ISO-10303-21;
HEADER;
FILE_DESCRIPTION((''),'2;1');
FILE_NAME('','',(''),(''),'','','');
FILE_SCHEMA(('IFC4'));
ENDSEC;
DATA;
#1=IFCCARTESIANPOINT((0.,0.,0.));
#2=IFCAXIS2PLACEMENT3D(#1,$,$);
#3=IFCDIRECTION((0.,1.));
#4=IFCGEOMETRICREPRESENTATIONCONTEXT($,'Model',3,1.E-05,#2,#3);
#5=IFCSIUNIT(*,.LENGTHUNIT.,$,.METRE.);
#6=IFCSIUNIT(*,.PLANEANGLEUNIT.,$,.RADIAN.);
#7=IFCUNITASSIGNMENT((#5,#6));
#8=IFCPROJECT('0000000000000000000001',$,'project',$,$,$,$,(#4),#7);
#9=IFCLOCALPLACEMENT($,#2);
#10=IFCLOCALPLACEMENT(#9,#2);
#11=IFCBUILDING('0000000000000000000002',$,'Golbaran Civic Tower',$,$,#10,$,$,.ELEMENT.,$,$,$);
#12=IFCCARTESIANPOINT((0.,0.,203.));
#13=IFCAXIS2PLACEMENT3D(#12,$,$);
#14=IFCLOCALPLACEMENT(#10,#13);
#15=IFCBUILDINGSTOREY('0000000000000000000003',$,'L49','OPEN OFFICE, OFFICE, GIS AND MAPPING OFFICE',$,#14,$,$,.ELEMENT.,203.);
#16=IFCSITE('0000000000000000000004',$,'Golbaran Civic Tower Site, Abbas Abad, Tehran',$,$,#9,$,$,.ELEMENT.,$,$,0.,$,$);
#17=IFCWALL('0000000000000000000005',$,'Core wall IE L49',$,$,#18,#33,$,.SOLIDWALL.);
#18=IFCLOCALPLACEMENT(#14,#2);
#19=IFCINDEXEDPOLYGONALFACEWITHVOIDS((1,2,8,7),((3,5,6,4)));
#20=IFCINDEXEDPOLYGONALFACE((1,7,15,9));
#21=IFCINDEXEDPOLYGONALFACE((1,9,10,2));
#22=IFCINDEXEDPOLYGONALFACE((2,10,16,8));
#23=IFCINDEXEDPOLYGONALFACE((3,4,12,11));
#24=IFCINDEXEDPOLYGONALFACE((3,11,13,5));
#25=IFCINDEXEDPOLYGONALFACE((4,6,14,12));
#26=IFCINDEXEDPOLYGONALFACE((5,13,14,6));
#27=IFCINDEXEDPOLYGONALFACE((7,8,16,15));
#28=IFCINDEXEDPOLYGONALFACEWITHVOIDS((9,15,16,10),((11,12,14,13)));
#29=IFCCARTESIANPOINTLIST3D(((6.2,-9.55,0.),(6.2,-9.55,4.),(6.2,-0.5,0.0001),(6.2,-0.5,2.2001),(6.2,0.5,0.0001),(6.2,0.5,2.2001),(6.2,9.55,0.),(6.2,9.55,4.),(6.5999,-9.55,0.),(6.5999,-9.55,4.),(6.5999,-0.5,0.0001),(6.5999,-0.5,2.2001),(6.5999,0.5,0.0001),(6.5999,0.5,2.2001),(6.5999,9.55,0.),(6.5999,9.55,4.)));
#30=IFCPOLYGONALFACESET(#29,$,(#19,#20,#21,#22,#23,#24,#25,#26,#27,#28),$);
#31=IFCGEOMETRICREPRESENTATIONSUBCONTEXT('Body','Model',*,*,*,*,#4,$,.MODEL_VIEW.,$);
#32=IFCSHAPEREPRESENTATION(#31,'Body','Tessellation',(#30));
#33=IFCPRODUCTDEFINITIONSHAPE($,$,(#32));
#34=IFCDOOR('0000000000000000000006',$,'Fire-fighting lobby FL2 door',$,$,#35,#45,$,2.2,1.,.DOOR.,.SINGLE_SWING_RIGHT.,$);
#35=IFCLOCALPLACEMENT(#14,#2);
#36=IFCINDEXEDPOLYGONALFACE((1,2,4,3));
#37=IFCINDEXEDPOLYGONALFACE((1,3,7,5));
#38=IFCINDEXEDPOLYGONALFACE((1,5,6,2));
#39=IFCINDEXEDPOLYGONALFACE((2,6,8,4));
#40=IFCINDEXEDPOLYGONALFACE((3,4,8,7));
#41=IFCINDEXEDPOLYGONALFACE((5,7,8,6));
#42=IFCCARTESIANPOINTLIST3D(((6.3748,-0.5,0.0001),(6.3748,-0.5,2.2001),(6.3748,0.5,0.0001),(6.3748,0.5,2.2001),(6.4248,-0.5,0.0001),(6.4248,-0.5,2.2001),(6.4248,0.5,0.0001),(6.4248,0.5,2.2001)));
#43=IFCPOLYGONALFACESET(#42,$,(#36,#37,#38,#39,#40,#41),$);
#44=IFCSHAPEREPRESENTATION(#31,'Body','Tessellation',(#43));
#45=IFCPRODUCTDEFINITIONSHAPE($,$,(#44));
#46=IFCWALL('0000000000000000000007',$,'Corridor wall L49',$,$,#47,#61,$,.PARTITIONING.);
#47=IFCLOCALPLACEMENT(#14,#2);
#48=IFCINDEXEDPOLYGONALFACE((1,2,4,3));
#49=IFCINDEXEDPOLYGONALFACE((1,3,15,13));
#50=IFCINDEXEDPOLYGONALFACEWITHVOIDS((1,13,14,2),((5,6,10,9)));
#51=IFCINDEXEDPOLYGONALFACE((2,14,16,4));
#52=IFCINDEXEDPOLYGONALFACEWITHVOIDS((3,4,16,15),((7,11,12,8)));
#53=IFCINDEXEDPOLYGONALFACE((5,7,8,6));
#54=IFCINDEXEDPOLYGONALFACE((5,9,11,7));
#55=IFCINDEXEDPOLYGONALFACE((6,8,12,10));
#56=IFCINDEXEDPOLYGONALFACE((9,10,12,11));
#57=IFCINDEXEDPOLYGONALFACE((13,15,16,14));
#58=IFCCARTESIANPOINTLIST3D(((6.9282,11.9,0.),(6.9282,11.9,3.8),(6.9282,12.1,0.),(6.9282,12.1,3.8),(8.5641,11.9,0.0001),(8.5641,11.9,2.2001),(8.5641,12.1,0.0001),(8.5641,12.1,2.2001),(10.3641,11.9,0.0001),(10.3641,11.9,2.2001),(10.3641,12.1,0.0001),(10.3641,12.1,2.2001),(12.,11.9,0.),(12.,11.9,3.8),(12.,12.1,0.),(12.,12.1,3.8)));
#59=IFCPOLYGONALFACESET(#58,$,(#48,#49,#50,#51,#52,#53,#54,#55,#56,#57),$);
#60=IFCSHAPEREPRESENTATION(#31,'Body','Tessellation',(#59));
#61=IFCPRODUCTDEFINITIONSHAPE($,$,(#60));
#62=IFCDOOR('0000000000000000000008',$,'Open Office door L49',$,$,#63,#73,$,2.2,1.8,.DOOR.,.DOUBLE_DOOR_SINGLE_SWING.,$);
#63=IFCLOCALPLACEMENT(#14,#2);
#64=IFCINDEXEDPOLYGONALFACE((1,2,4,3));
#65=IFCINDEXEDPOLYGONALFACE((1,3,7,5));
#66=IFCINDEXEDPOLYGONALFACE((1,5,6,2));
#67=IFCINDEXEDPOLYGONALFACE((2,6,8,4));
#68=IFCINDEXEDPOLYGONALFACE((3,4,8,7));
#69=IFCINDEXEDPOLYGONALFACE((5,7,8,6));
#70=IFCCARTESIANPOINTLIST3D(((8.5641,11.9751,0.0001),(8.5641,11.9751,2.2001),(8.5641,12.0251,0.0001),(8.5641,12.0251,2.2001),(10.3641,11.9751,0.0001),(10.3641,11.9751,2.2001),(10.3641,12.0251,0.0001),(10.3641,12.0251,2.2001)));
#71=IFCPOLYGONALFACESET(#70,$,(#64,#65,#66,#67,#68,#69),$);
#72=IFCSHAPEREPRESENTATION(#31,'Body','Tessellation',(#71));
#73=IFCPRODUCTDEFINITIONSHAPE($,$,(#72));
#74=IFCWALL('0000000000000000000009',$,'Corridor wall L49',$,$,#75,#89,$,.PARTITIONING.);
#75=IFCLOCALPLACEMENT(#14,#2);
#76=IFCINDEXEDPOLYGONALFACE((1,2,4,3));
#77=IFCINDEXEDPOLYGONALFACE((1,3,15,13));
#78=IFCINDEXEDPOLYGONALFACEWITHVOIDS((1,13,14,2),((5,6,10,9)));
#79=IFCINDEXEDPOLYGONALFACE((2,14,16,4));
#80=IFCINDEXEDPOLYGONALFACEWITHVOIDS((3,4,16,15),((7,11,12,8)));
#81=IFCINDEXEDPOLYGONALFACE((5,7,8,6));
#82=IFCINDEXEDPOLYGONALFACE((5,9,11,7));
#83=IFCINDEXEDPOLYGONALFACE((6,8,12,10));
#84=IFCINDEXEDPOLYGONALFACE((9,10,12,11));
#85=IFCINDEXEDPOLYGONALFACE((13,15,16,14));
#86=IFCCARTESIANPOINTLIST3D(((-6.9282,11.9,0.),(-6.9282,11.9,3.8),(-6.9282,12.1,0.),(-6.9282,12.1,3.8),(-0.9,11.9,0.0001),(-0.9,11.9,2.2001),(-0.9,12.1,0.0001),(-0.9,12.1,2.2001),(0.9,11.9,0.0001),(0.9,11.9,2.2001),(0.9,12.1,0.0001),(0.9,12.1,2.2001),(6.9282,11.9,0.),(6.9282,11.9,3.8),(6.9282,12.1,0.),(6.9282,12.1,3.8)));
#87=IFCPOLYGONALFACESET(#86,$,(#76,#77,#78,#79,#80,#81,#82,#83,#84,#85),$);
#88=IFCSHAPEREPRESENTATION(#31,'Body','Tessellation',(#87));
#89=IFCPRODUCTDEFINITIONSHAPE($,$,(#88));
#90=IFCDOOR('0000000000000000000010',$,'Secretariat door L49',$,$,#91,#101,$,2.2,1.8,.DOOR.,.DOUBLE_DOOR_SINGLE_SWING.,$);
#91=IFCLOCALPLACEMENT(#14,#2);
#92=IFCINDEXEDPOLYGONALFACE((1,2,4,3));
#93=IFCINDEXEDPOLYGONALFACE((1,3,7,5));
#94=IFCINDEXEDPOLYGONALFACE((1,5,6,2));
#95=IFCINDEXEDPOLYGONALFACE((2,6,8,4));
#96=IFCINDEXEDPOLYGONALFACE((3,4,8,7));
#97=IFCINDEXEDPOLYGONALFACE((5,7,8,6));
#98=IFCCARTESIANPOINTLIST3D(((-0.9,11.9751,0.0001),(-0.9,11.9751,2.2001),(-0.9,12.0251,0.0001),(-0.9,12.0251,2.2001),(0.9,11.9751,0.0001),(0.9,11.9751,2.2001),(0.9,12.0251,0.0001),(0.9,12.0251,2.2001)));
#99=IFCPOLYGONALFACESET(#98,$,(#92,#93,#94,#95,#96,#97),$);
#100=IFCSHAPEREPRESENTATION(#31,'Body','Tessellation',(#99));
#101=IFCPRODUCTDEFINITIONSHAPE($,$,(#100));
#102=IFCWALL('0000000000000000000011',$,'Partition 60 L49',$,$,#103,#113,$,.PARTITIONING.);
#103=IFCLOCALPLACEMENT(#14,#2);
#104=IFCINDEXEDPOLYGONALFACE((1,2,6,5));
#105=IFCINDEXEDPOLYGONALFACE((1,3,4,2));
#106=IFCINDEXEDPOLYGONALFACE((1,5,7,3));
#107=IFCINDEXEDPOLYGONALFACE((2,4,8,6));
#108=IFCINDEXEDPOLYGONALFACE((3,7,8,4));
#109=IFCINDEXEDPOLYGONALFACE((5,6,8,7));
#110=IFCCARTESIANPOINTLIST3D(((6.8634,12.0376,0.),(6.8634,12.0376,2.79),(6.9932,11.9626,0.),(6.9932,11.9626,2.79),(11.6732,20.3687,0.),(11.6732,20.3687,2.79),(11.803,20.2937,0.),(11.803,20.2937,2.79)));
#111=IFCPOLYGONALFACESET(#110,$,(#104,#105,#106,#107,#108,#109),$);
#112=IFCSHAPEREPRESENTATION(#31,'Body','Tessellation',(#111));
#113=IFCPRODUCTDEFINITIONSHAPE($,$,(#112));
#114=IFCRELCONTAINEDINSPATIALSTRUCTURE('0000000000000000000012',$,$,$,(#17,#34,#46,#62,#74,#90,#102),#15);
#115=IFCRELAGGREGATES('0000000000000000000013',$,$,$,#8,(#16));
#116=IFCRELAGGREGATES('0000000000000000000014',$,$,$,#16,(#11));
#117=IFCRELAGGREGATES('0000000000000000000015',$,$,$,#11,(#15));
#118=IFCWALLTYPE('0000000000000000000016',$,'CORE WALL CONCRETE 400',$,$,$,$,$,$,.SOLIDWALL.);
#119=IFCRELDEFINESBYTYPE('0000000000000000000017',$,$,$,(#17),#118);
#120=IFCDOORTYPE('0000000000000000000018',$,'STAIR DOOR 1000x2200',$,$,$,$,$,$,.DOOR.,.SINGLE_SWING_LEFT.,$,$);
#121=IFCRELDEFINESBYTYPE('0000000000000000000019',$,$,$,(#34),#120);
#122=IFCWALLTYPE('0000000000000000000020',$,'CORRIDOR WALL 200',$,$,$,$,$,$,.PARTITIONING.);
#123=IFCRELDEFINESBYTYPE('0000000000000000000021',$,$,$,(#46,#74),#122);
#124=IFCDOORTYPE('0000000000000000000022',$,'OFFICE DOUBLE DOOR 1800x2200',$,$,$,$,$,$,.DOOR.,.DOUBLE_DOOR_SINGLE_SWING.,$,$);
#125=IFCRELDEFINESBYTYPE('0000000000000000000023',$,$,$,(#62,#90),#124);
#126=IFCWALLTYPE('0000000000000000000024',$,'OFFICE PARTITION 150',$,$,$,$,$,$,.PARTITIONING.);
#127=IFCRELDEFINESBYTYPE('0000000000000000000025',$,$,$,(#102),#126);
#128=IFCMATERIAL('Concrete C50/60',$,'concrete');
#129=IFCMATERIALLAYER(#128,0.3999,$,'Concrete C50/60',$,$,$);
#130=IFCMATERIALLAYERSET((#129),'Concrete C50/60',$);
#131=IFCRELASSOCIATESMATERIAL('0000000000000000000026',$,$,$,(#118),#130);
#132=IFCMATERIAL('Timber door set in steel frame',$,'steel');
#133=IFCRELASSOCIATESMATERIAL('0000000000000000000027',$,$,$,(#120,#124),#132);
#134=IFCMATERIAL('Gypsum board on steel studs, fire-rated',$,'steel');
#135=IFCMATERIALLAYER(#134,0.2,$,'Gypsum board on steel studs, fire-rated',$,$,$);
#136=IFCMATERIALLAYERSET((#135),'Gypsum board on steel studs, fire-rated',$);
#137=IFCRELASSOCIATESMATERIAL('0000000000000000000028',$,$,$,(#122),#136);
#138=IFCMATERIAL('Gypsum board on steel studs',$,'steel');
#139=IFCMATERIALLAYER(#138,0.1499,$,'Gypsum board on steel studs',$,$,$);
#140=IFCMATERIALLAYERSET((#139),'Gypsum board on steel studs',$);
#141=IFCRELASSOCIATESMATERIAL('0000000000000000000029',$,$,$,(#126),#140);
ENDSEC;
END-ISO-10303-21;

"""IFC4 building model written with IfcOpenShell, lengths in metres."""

from ifc_helpers import new_model, si_unit, direction, frame, frame_2d, origin, place, context, subcontext, project, spatial, rectangle, extrude, material, layer, layer_set, type_object, element, fill, save


model = new_model("IFC4")

# Units and contexts
model_context = context("Model", 3, precision=1e-05, world=origin(), true_north=direction((0.0, 1.0)))
body_context = subcontext(model_context, "Body", "Model", "MODEL_VIEW")
ifc_project = project(units=[si_unit("LENGTHUNIT", "METRE"), si_unit("PLANEANGLEUNIT", "RADIAN")], contexts=[model_context])

# Site, building, storey
site_placement = place(None, origin())
site = spatial("IfcSite", under=ifc_project, at=site_placement, Name="Golbaran Civic Tower Site, Abbas Abad, Tehran", CompositionType="ELEMENT", RefElevation=0.0)
building_placement = place(site_placement, origin())
building = spatial("IfcBuilding", under=site, at=building_placement, Name="Golbaran Civic Tower", CompositionType="ELEMENT")
storey_placement = place(building_placement, frame((0.0, 0.0, 203.0)))
storey = spatial("IfcBuildingStorey", under=building, at=storey_placement, Name="L49", Description="OPEN OFFICE, OFFICE, GIS AND MAPPING OFFICE", CompositionType="ELEMENT", Elevation=203.0)

# Walls, openings, doors
ifc_material_1 = material(Name="Concrete C50/60", Category="concrete")
ifc_layer_1 = layer(ifc_material_1, 0.3999, Name="Concrete C50/60")
ifc_layer_set_1 = layer_set([ifc_layer_1], Name="Concrete C50/60")
wall_type_1 = type_object("IfcWallType", Name="CORE WALL CONCRETE 400", PredefinedType="SOLIDWALL", material=ifc_layer_set_1)
wall_1_placement = place(storey_placement, frame((6.3999, 9.55, 0.0), z_axis=(0.0, 0.0, 1.0), x_axis=(0.0, -1.0, 0.0)))
wall_1 = element("IfcWall", 1, at=wall_1_placement, inside=storey, type_object=wall_type_1, Name="Core wall IE L49", PredefinedType="SOLIDWALL", context=body_context, shape_type="SweptSolid", body=[
    extrude(rectangle(XDim=19.1001, YDim=0.3999, at=frame_2d((9.55, 0.0))), origin(), (0.0, 0.0, 1.0), 4.0),
])
opening_1_placement = place(wall_1_placement, frame((9.05, 0.0, 0.0)))
opening_1 = element("IfcOpeningElement", 2, at=opening_1_placement, cuts=wall_1, PredefinedType="OPENING", context=body_context, shape_type="SweptSolid", body=[
    extrude(rectangle(XDim=1.0, YDim=2.2, at=frame_2d((0.5, 1.1001))), frame((0.0, 0.21, 0.0), z_axis=(0.0, -1.0, 0.0), x_axis=(1.0, 0.0, 0.0)), (0.0, 0.0, 1.0), 0.4199),
])
ifc_material_2 = material(Name="Timber door set in steel frame", Category="steel")
door_type_1 = type_object("IfcDoorType", Name="STAIR DOOR 1000x2200", OperationType="SINGLE_SWING_LEFT", PredefinedType="DOOR", material=ifc_material_2)
door_1_placement = place(opening_1_placement, origin())
door_1 = element("IfcDoor", 3, at=door_1_placement, inside=storey, type_object=door_type_1, Name="Fire-fighting lobby FL2 door", OperationType="SINGLE_SWING_RIGHT", OverallHeight=2.2, OverallWidth=1.0, PredefinedType="DOOR", context=body_context, shape_type="SweptSolid", body=[
    extrude(rectangle(XDim=1.0, YDim=2.2, at=frame_2d((0.5, 1.1001))), frame((0.0, 0.0249, 0.0), z_axis=(0.0, -1.0, 0.0), x_axis=(1.0, 0.0, 0.0)), (0.0, 0.0, 1.0), 0.05),
])
fill(opening_1, door_1)
ifc_material_3 = material(Name="Gypsum board on steel studs, fire-rated", Category="steel")
ifc_layer_2 = layer(ifc_material_3, 0.2, Name="Gypsum board on steel studs, fire-rated")
ifc_layer_set_2 = layer_set([ifc_layer_2], Name="Gypsum board on steel studs, fire-rated")
wall_type_2 = type_object("IfcWallType", Name="CORRIDOR WALL 200", PredefinedType="PARTITIONING", material=ifc_layer_set_2)
wall_2_placement = place(storey_placement, frame((12.0, 12.0, 0.0), z_axis=(0.0, 0.0, 1.0), x_axis=(-1.0, 0.0, 0.0)))
wall_2 = element("IfcWall", 4, at=wall_2_placement, inside=storey, type_object=wall_type_2, Name="Corridor wall L49", PredefinedType="PARTITIONING", context=body_context, shape_type="SweptSolid", body=[
    extrude(rectangle(XDim=5.0718, YDim=0.2, at=frame_2d((2.5359, 0.0))), origin(), (0.0, 0.0, 1.0), 3.8),
])
opening_2_placement = place(wall_2_placement, frame((1.636, 0.0, 0.0)))
opening_2 = element("IfcOpeningElement", 5, at=opening_2_placement, cuts=wall_2, PredefinedType="OPENING", context=body_context, shape_type="SweptSolid", body=[
    extrude(rectangle(XDim=1.8, YDim=2.2, at=frame_2d((0.8999, 1.1001))), frame((0.0, 0.1099, 0.0), z_axis=(0.0, -1.0, 0.0), x_axis=(1.0, 0.0, 0.0)), (0.0, 0.0, 1.0), 0.22),
])
door_type_2 = type_object("IfcDoorType", Name="OFFICE DOUBLE DOOR 1800x2200", OperationType="DOUBLE_DOOR_SINGLE_SWING", PredefinedType="DOOR", material=ifc_material_2)
door_2_placement = place(opening_2_placement, origin())
door_2 = element("IfcDoor", 6, at=door_2_placement, inside=storey, type_object=door_type_2, Name="Open Office door L49", OperationType="DOUBLE_DOOR_SINGLE_SWING", OverallHeight=2.2, OverallWidth=1.8, PredefinedType="DOOR", context=body_context, shape_type="SweptSolid", body=[
    extrude(rectangle(XDim=1.8, YDim=2.2, at=frame_2d((0.8999, 1.1001))), frame((0.0, 0.0249, 0.0), z_axis=(0.0, -1.0, 0.0), x_axis=(1.0, 0.0, 0.0)), (0.0, 0.0, 1.0), 0.05),
])
fill(opening_2, door_2)
wall_3_placement = place(storey_placement, frame((6.9282, 12.0, 0.0), z_axis=(0.0, 0.0, 1.0), x_axis=(-1.0, 0.0, 0.0)))
wall_3 = element("IfcWall", 7, at=wall_3_placement, inside=storey, type_object=wall_type_2, Name="Corridor wall L49", PredefinedType="PARTITIONING", context=body_context, shape_type="SweptSolid", body=[
    extrude(rectangle(XDim=13.8564, YDim=0.2, at=frame_2d((6.9282, 0.0))), origin(), (0.0, 0.0, 1.0), 3.8),
])
opening_3_placement = place(wall_3_placement, frame((6.0283, 0.0, 0.0)))
opening_3 = element("IfcOpeningElement", 8, at=opening_3_placement, cuts=wall_3, PredefinedType="OPENING", context=body_context, shape_type="SweptSolid", body=[
    extrude(rectangle(XDim=1.8, YDim=2.2, at=frame_2d((0.8999, 1.1001))), frame((0.0, 0.1099, 0.0), z_axis=(0.0, -1.0, 0.0), x_axis=(1.0, 0.0, 0.0)), (0.0, 0.0, 1.0), 0.22),
])
door_3_placement = place(opening_3_placement, origin())
door_3 = element("IfcDoor", 9, at=door_3_placement, inside=storey, type_object=door_type_2, Name="Secretariat door L49", OperationType="DOUBLE_DOOR_SINGLE_SWING", OverallHeight=2.2, OverallWidth=1.8, PredefinedType="DOOR", context=body_context, shape_type="SweptSolid", body=[
    extrude(rectangle(XDim=1.8, YDim=2.2, at=frame_2d((0.8999, 1.1001))), frame((0.0, 0.0249, 0.0), z_axis=(0.0, -1.0, 0.0), x_axis=(1.0, 0.0, 0.0)), (0.0, 0.0, 1.0), 0.05),
])
fill(opening_3, door_3)

# Wall
ifc_material_4 = material(Name="Gypsum board on steel studs", Category="steel")
ifc_layer_3 = layer(ifc_material_4, 0.1499, Name="Gypsum board on steel studs")
ifc_layer_set_3 = layer_set([ifc_layer_3], Name="Gypsum board on steel studs")
wall_type_3 = type_object("IfcWallType", Name="OFFICE PARTITION 150", PredefinedType="PARTITIONING", material=ifc_layer_set_3)
wall_4_placement = place(storey_placement, frame((6.9282, 12.0, 0.0), z_axis=(0.0, 0.0, 1.0), x_axis=(0.49999, 0.866031, 0.0)))
element("IfcWall", 10, at=wall_4_placement, inside=storey, type_object=wall_type_3, Name="Partition 60 L49", PredefinedType="PARTITIONING", context=body_context, shape_type="SweptSolid", body=[
    extrude(rectangle(XDim=9.6199, YDim=0.1499, at=frame_2d((4.8101, 0.0))), origin(), (0.0, 0.0, 1.0), 2.79),
])

save(model, "model.ifc")
